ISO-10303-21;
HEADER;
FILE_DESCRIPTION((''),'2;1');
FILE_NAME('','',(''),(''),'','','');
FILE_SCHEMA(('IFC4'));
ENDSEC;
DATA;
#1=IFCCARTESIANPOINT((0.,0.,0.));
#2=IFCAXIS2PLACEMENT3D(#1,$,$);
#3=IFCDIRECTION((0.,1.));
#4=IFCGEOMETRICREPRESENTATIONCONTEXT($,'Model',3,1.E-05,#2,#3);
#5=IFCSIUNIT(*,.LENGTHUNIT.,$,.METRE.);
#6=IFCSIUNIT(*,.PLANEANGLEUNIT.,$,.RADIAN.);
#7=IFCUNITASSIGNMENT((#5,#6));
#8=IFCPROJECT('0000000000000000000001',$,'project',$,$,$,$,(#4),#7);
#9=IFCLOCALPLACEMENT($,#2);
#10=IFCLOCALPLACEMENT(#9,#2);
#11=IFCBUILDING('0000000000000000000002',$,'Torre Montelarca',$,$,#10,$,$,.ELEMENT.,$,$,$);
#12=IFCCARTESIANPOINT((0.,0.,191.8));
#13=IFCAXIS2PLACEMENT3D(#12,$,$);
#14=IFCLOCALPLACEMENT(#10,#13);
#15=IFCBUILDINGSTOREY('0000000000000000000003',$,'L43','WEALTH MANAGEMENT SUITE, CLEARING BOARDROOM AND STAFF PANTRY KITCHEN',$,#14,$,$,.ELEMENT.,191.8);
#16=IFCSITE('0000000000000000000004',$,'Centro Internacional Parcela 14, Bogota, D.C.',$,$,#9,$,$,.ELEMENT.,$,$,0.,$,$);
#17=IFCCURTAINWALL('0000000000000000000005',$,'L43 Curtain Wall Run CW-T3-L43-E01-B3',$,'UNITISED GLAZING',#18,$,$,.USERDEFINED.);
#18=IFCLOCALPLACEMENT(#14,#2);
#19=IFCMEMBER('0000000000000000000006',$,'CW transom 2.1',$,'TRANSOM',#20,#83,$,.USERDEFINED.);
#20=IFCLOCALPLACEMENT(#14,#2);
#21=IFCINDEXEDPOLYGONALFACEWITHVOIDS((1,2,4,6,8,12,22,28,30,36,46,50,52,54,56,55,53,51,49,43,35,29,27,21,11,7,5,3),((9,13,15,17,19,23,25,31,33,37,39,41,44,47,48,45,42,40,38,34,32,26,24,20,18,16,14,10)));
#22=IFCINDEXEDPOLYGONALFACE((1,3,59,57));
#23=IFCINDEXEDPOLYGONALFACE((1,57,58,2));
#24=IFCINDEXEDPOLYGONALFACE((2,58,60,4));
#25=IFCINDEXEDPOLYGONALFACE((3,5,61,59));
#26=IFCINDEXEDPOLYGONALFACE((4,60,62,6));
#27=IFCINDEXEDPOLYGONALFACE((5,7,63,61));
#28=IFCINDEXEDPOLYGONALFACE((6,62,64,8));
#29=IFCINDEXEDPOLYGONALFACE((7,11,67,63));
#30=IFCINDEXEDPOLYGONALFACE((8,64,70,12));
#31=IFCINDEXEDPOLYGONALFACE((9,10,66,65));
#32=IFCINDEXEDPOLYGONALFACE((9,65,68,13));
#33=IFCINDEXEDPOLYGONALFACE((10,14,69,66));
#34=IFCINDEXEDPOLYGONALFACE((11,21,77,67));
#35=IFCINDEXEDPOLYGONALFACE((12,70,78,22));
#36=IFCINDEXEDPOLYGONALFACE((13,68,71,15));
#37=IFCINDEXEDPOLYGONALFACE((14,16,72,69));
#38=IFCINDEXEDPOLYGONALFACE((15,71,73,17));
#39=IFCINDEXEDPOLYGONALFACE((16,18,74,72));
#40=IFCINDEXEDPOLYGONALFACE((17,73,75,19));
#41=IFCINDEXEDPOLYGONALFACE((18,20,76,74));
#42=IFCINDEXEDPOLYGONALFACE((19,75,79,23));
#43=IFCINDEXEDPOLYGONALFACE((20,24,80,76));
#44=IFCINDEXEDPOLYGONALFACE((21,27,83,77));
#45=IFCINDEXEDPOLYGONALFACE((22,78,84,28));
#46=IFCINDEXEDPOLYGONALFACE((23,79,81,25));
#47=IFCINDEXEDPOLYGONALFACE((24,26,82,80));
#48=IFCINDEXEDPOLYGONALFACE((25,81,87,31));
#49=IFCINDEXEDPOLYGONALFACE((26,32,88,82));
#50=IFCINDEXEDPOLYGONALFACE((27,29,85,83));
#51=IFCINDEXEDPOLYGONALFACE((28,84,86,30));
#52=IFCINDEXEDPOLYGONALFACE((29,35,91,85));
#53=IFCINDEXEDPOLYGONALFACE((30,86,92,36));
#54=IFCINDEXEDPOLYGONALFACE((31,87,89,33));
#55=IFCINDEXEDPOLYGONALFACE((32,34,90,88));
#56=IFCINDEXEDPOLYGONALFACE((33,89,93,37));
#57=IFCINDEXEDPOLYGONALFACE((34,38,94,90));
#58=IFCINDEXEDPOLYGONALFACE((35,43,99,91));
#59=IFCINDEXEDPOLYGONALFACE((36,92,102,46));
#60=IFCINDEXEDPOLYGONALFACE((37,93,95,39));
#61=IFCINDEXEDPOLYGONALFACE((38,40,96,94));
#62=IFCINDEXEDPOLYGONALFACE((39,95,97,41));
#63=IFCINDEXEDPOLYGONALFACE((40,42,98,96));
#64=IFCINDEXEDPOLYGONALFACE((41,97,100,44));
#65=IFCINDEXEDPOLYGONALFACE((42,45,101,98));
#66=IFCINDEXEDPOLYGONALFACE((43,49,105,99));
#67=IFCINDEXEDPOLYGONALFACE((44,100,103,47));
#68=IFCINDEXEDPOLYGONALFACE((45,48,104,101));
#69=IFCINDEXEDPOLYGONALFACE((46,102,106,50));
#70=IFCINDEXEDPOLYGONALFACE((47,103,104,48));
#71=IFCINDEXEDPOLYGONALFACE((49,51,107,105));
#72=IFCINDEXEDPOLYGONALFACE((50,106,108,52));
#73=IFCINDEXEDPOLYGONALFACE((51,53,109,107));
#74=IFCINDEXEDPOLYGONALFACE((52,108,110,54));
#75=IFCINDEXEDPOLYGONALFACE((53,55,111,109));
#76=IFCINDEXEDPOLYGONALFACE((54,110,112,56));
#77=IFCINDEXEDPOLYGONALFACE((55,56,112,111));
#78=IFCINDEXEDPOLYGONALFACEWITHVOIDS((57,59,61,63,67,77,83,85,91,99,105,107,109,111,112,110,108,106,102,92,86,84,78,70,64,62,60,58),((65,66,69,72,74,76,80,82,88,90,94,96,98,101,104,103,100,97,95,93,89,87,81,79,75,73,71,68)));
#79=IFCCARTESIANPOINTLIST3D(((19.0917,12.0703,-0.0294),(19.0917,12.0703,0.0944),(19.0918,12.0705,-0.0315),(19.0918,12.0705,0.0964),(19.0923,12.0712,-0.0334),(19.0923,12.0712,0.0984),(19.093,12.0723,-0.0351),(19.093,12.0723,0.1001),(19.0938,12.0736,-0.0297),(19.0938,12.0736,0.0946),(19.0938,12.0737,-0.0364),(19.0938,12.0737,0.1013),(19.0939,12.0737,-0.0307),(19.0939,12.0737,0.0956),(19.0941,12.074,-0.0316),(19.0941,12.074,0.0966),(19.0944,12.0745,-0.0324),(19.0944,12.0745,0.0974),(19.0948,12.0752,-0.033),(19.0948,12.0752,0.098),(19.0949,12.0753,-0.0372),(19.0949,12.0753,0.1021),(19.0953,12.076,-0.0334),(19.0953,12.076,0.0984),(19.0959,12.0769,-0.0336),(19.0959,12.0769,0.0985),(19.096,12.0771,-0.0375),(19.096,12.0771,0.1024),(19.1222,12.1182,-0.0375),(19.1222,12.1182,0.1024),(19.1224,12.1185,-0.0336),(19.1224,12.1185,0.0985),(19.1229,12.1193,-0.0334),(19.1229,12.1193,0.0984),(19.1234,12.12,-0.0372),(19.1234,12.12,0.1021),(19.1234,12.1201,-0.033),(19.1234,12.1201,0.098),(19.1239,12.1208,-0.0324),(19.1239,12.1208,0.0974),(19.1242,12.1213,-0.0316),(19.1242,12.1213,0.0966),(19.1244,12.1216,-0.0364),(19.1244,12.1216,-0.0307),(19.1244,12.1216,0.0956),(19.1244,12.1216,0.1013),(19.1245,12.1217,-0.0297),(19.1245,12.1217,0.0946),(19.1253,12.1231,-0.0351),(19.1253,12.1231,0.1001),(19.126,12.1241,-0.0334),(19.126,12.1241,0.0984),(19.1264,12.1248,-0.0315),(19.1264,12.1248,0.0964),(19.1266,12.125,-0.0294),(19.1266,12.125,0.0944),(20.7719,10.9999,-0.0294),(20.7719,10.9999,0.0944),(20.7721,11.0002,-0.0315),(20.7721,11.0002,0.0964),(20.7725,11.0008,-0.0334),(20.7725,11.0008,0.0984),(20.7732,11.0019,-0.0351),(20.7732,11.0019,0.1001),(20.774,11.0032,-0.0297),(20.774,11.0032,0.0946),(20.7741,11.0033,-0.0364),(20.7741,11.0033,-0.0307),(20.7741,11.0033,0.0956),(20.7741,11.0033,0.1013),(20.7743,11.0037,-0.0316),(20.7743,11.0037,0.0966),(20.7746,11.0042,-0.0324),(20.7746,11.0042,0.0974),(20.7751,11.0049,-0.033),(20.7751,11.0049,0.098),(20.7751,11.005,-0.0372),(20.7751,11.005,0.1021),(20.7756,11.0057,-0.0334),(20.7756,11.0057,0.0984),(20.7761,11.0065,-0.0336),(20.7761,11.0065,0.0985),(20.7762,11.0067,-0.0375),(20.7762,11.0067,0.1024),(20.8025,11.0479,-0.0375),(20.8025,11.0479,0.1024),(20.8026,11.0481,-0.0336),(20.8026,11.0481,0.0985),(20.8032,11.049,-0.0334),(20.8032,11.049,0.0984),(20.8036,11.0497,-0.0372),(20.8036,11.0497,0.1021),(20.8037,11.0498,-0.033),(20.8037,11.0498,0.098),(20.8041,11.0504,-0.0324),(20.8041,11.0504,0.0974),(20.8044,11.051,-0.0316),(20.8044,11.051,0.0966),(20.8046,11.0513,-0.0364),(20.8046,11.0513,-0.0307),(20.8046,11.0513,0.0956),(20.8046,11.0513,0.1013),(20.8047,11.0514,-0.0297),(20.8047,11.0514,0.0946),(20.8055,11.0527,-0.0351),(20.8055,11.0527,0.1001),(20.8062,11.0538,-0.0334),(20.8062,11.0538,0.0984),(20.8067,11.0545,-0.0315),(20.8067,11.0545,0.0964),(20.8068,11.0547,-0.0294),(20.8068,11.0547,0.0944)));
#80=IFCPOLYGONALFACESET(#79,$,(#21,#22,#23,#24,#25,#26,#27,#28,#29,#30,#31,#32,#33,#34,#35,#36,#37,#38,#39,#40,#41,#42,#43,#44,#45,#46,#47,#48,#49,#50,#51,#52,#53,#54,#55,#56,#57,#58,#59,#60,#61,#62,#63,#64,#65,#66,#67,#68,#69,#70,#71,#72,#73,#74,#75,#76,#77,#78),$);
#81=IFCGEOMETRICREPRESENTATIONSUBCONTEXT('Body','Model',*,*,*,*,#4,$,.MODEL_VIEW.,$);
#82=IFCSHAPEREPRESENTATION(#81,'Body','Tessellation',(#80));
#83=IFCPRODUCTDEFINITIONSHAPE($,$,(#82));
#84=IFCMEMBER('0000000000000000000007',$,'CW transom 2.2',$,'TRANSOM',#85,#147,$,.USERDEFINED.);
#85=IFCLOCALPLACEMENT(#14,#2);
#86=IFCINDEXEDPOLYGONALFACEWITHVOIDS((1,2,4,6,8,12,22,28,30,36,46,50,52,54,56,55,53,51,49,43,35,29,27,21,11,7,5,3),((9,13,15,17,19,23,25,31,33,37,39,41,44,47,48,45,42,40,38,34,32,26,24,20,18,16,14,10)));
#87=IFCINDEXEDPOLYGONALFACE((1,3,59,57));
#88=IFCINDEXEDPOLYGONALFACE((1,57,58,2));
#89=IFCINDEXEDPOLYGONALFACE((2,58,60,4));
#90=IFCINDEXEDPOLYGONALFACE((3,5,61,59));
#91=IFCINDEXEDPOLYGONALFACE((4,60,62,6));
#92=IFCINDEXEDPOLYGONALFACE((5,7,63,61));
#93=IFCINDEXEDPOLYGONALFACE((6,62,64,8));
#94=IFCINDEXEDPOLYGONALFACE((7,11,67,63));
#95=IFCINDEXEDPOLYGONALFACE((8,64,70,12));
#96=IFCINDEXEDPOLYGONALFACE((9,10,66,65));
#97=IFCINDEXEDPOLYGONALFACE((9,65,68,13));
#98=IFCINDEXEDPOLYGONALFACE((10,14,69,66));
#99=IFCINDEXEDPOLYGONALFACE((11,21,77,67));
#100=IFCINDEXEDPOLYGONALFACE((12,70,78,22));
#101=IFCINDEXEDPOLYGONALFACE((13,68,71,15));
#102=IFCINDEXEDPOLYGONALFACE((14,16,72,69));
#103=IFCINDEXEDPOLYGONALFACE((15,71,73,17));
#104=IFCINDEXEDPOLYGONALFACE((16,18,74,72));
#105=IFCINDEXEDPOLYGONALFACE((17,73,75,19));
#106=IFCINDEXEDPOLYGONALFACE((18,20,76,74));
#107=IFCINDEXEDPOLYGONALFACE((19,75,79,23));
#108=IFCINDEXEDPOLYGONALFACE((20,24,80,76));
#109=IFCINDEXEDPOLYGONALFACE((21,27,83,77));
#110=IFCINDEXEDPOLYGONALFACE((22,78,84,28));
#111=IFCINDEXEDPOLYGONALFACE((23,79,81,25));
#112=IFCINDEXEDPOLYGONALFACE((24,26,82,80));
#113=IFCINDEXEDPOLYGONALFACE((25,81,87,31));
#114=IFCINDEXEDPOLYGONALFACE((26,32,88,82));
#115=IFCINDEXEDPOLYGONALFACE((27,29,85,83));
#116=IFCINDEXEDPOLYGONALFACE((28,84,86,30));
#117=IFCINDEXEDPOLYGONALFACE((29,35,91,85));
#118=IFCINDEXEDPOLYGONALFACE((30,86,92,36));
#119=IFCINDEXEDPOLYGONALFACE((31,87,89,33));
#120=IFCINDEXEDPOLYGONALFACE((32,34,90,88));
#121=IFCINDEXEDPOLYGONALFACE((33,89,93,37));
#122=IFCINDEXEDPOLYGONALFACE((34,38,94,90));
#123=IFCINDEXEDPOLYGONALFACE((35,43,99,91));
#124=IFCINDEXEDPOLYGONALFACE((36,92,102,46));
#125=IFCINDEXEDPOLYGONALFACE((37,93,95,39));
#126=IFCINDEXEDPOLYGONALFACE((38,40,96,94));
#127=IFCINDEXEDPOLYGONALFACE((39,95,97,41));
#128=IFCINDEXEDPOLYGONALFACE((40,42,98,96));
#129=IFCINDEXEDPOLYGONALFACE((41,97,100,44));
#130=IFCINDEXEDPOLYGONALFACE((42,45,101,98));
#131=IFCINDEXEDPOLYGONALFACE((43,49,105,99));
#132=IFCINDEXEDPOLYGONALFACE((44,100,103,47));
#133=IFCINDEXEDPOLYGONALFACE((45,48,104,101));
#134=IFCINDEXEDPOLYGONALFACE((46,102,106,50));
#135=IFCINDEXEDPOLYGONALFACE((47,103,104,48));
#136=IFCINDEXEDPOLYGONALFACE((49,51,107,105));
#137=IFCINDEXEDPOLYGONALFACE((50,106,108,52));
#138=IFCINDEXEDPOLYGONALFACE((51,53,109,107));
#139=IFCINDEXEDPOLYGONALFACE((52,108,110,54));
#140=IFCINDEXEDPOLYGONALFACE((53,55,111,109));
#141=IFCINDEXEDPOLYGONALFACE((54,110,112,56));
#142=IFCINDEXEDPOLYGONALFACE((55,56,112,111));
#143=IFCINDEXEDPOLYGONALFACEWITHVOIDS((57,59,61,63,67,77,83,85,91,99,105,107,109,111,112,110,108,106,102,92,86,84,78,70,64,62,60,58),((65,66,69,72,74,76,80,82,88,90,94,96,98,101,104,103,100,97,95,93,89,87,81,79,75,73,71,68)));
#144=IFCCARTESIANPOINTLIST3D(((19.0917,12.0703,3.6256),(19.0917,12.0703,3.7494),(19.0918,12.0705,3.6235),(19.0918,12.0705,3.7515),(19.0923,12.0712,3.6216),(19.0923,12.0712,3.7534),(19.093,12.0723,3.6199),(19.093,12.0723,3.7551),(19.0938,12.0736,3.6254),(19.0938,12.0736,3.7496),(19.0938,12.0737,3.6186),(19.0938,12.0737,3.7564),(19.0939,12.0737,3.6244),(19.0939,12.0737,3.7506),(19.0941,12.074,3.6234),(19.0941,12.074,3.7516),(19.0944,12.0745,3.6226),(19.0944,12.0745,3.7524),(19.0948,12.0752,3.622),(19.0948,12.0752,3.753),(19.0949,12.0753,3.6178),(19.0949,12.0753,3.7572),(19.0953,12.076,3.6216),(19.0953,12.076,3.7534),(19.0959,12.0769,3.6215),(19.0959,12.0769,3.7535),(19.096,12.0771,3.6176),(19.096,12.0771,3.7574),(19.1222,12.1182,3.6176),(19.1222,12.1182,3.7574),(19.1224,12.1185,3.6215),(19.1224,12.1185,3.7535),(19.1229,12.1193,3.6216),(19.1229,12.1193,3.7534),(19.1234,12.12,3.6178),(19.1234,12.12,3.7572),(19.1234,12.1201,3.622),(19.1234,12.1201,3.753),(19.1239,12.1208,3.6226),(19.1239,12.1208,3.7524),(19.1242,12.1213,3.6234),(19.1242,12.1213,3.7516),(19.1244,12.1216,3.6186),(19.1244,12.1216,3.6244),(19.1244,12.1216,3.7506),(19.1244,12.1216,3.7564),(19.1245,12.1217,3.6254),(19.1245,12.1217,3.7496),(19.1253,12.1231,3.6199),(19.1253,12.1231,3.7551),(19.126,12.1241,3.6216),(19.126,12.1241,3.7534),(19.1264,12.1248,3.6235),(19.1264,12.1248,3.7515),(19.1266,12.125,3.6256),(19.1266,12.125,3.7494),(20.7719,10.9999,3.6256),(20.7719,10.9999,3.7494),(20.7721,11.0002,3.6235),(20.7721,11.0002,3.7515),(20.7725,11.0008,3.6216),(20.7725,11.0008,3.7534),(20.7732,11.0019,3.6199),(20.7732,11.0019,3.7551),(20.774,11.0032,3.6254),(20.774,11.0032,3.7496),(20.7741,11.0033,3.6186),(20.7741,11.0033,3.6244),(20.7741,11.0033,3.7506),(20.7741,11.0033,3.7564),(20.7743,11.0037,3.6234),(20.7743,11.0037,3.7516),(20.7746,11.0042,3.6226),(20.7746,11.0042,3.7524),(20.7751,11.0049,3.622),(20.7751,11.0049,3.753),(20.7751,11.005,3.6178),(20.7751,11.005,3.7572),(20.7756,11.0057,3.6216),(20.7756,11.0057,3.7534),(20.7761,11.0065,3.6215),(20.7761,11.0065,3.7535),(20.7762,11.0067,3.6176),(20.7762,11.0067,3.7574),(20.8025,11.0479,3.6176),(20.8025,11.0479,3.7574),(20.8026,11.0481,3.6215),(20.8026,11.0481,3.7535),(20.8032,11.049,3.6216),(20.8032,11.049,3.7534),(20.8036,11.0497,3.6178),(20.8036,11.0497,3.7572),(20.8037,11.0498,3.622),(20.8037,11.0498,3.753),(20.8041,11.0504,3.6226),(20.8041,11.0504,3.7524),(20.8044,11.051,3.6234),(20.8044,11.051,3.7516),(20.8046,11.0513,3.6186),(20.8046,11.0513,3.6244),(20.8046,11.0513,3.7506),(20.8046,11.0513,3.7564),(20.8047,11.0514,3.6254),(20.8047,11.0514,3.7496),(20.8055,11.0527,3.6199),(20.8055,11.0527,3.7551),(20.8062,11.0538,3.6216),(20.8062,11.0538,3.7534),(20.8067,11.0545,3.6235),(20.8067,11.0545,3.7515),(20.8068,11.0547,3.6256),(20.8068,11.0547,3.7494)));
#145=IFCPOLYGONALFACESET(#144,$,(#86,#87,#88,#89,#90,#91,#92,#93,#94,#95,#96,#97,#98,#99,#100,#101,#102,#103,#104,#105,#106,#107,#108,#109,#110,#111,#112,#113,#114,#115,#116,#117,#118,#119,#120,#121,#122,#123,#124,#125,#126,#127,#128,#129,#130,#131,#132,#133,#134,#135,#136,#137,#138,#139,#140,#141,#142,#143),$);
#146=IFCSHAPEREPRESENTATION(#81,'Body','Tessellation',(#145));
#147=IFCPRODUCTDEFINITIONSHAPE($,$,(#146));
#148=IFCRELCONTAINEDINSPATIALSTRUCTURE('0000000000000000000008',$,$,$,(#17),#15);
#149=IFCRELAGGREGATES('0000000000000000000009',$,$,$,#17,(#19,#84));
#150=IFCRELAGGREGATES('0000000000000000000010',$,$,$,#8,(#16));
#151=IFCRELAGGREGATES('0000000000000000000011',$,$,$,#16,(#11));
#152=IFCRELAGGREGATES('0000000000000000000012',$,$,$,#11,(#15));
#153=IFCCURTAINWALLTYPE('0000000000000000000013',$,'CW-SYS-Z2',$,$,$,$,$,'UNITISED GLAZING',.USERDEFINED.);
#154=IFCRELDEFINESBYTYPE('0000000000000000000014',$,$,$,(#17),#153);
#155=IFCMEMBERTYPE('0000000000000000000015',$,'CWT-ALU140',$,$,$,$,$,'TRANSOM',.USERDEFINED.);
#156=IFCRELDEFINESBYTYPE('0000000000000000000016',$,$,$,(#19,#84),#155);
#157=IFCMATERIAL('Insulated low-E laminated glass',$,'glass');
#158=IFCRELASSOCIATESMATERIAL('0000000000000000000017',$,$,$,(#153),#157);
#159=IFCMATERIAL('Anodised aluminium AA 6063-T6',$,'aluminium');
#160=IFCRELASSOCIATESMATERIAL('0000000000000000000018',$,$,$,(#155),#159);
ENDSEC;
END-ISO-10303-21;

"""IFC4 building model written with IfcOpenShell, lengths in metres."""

from ifc_helpers import new_model, si_unit, direction, frame, origin, origin_2d, place, context, subcontext, project, spatial, hollow_rectangle, extrude, source, transform, mapped, material, material_profile, profile_set, type_object, element, aggregate, save


model = new_model("IFC4")

# Units and contexts
model_context = context("Model", 3, precision=1e-05, world=origin(), true_north=direction((0.0, 1.0)))
body_context = subcontext(model_context, "Body", "Model", "MODEL_VIEW")
ifc_project = project(units=[si_unit("LENGTHUNIT", "METRE"), si_unit("PLANEANGLEUNIT", "RADIAN")], contexts=[model_context])

# Site, building, storey
site_placement = place(None, origin())
site = spatial("IfcSite", under=ifc_project, at=site_placement, Name="Centro Internacional Parcela 14, Bogota, D.C.", CompositionType="ELEMENT", RefElevation=0.0)
building_placement = place(site_placement, origin())
building = spatial("IfcBuilding", under=site, at=building_placement, Name="Torre Montelarca", CompositionType="ELEMENT")
storey_placement = place(building_placement, frame((0.0, 0.0, 191.8)))
storey = spatial("IfcBuildingStorey", under=building, at=storey_placement, Name="L43", Description="WEALTH MANAGEMENT SUITE, CLEARING BOARDROOM AND STAFF PANTRY KITCHEN", CompositionType="ELEMENT", Elevation=191.8)

# Curtain wall
ifc_material_1 = material(Name="Insulated low-E laminated glass", Category="glass")
curtain_wall_type = type_object("IfcCurtainWallType", Name="CW-SYS-Z2", ElementType="UNITISED GLAZING", PredefinedType="USERDEFINED", material=ifc_material_1)
ifc_material_2 = material(Name="Anodised aluminium AA 6063-T6", Category="aluminium")
curtain_wall_1_placement = place(storey_placement, origin())
curtain_wall_1 = element("IfcCurtainWall", 1, at=curtain_wall_1_placement, inside=storey, type_object=curtain_wall_type, Name="L43 Curtain Wall Run CW-T3-L43-E01-B3", ObjectType="UNITISED GLAZING", PredefinedType="USERDEFINED")

# Members
ifc_material_profile_1 = material_profile(ifc_material_2, hollow_rectangle(XDim=0.0649, YDim=0.1399, WallThickness=0.0039, InnerFilletRadius=0.0039, OuterFilletRadius=0.0081, at=origin_2d()), Name="ALU65X140X4", Category="aluminium")
ifc_profile_set_1 = profile_set([ifc_material_profile_1], Name="Anodised aluminium AA 6063-T6")
member_type_1 = type_object("IfcMemberType", Name="CWT-ALU140", ElementType="TRANSOM", PredefinedType="USERDEFINED", material=ifc_profile_set_1)
shared_shape_1 = source(origin(), body_context, "Body", "SweptSolid", [
    extrude(hollow_rectangle(XDim=0.0649, YDim=0.1399, WallThickness=0.0039, InnerFilletRadius=0.0039, OuterFilletRadius=0.0081, at=origin_2d()), origin(), (0.0, 0.0, 1.0), 1.9922),
])
member_1_placement = place(storey_placement, frame((19.1091, 12.0977, 0.0325), z_axis=(0.843409, -0.537272, 0.0), x_axis=(0.537272, 0.843409, 0.0)))
member_1 = element("IfcMember", 2, at=member_1_placement, type_object=member_type_1, Name="CW transom 2.1", ObjectType="TRANSOM", PredefinedType="USERDEFINED", context=body_context, shape_type="MappedRepresentation", body=[
    mapped(shared_shape_1, transform((0.0, 0.0, 0.0), scale=1.0)),
])
member_2_placement = place(storey_placement, frame((19.1091, 12.0977, 3.6875), z_axis=(0.843409, -0.537272, 0.0), x_axis=(0.537272, 0.843409, 0.0)))
member_2 = element("IfcMember", 3, at=member_2_placement, type_object=member_type_1, Name="CW transom 2.2", ObjectType="TRANSOM", PredefinedType="USERDEFINED", context=body_context, shape_type="MappedRepresentation", body=[
    mapped(shared_shape_1, transform((0.0, 0.0, 0.0), scale=1.0)),
])

aggregate(curtain_wall_1, [member_1, member_2])

save(model, "model.ifc")
